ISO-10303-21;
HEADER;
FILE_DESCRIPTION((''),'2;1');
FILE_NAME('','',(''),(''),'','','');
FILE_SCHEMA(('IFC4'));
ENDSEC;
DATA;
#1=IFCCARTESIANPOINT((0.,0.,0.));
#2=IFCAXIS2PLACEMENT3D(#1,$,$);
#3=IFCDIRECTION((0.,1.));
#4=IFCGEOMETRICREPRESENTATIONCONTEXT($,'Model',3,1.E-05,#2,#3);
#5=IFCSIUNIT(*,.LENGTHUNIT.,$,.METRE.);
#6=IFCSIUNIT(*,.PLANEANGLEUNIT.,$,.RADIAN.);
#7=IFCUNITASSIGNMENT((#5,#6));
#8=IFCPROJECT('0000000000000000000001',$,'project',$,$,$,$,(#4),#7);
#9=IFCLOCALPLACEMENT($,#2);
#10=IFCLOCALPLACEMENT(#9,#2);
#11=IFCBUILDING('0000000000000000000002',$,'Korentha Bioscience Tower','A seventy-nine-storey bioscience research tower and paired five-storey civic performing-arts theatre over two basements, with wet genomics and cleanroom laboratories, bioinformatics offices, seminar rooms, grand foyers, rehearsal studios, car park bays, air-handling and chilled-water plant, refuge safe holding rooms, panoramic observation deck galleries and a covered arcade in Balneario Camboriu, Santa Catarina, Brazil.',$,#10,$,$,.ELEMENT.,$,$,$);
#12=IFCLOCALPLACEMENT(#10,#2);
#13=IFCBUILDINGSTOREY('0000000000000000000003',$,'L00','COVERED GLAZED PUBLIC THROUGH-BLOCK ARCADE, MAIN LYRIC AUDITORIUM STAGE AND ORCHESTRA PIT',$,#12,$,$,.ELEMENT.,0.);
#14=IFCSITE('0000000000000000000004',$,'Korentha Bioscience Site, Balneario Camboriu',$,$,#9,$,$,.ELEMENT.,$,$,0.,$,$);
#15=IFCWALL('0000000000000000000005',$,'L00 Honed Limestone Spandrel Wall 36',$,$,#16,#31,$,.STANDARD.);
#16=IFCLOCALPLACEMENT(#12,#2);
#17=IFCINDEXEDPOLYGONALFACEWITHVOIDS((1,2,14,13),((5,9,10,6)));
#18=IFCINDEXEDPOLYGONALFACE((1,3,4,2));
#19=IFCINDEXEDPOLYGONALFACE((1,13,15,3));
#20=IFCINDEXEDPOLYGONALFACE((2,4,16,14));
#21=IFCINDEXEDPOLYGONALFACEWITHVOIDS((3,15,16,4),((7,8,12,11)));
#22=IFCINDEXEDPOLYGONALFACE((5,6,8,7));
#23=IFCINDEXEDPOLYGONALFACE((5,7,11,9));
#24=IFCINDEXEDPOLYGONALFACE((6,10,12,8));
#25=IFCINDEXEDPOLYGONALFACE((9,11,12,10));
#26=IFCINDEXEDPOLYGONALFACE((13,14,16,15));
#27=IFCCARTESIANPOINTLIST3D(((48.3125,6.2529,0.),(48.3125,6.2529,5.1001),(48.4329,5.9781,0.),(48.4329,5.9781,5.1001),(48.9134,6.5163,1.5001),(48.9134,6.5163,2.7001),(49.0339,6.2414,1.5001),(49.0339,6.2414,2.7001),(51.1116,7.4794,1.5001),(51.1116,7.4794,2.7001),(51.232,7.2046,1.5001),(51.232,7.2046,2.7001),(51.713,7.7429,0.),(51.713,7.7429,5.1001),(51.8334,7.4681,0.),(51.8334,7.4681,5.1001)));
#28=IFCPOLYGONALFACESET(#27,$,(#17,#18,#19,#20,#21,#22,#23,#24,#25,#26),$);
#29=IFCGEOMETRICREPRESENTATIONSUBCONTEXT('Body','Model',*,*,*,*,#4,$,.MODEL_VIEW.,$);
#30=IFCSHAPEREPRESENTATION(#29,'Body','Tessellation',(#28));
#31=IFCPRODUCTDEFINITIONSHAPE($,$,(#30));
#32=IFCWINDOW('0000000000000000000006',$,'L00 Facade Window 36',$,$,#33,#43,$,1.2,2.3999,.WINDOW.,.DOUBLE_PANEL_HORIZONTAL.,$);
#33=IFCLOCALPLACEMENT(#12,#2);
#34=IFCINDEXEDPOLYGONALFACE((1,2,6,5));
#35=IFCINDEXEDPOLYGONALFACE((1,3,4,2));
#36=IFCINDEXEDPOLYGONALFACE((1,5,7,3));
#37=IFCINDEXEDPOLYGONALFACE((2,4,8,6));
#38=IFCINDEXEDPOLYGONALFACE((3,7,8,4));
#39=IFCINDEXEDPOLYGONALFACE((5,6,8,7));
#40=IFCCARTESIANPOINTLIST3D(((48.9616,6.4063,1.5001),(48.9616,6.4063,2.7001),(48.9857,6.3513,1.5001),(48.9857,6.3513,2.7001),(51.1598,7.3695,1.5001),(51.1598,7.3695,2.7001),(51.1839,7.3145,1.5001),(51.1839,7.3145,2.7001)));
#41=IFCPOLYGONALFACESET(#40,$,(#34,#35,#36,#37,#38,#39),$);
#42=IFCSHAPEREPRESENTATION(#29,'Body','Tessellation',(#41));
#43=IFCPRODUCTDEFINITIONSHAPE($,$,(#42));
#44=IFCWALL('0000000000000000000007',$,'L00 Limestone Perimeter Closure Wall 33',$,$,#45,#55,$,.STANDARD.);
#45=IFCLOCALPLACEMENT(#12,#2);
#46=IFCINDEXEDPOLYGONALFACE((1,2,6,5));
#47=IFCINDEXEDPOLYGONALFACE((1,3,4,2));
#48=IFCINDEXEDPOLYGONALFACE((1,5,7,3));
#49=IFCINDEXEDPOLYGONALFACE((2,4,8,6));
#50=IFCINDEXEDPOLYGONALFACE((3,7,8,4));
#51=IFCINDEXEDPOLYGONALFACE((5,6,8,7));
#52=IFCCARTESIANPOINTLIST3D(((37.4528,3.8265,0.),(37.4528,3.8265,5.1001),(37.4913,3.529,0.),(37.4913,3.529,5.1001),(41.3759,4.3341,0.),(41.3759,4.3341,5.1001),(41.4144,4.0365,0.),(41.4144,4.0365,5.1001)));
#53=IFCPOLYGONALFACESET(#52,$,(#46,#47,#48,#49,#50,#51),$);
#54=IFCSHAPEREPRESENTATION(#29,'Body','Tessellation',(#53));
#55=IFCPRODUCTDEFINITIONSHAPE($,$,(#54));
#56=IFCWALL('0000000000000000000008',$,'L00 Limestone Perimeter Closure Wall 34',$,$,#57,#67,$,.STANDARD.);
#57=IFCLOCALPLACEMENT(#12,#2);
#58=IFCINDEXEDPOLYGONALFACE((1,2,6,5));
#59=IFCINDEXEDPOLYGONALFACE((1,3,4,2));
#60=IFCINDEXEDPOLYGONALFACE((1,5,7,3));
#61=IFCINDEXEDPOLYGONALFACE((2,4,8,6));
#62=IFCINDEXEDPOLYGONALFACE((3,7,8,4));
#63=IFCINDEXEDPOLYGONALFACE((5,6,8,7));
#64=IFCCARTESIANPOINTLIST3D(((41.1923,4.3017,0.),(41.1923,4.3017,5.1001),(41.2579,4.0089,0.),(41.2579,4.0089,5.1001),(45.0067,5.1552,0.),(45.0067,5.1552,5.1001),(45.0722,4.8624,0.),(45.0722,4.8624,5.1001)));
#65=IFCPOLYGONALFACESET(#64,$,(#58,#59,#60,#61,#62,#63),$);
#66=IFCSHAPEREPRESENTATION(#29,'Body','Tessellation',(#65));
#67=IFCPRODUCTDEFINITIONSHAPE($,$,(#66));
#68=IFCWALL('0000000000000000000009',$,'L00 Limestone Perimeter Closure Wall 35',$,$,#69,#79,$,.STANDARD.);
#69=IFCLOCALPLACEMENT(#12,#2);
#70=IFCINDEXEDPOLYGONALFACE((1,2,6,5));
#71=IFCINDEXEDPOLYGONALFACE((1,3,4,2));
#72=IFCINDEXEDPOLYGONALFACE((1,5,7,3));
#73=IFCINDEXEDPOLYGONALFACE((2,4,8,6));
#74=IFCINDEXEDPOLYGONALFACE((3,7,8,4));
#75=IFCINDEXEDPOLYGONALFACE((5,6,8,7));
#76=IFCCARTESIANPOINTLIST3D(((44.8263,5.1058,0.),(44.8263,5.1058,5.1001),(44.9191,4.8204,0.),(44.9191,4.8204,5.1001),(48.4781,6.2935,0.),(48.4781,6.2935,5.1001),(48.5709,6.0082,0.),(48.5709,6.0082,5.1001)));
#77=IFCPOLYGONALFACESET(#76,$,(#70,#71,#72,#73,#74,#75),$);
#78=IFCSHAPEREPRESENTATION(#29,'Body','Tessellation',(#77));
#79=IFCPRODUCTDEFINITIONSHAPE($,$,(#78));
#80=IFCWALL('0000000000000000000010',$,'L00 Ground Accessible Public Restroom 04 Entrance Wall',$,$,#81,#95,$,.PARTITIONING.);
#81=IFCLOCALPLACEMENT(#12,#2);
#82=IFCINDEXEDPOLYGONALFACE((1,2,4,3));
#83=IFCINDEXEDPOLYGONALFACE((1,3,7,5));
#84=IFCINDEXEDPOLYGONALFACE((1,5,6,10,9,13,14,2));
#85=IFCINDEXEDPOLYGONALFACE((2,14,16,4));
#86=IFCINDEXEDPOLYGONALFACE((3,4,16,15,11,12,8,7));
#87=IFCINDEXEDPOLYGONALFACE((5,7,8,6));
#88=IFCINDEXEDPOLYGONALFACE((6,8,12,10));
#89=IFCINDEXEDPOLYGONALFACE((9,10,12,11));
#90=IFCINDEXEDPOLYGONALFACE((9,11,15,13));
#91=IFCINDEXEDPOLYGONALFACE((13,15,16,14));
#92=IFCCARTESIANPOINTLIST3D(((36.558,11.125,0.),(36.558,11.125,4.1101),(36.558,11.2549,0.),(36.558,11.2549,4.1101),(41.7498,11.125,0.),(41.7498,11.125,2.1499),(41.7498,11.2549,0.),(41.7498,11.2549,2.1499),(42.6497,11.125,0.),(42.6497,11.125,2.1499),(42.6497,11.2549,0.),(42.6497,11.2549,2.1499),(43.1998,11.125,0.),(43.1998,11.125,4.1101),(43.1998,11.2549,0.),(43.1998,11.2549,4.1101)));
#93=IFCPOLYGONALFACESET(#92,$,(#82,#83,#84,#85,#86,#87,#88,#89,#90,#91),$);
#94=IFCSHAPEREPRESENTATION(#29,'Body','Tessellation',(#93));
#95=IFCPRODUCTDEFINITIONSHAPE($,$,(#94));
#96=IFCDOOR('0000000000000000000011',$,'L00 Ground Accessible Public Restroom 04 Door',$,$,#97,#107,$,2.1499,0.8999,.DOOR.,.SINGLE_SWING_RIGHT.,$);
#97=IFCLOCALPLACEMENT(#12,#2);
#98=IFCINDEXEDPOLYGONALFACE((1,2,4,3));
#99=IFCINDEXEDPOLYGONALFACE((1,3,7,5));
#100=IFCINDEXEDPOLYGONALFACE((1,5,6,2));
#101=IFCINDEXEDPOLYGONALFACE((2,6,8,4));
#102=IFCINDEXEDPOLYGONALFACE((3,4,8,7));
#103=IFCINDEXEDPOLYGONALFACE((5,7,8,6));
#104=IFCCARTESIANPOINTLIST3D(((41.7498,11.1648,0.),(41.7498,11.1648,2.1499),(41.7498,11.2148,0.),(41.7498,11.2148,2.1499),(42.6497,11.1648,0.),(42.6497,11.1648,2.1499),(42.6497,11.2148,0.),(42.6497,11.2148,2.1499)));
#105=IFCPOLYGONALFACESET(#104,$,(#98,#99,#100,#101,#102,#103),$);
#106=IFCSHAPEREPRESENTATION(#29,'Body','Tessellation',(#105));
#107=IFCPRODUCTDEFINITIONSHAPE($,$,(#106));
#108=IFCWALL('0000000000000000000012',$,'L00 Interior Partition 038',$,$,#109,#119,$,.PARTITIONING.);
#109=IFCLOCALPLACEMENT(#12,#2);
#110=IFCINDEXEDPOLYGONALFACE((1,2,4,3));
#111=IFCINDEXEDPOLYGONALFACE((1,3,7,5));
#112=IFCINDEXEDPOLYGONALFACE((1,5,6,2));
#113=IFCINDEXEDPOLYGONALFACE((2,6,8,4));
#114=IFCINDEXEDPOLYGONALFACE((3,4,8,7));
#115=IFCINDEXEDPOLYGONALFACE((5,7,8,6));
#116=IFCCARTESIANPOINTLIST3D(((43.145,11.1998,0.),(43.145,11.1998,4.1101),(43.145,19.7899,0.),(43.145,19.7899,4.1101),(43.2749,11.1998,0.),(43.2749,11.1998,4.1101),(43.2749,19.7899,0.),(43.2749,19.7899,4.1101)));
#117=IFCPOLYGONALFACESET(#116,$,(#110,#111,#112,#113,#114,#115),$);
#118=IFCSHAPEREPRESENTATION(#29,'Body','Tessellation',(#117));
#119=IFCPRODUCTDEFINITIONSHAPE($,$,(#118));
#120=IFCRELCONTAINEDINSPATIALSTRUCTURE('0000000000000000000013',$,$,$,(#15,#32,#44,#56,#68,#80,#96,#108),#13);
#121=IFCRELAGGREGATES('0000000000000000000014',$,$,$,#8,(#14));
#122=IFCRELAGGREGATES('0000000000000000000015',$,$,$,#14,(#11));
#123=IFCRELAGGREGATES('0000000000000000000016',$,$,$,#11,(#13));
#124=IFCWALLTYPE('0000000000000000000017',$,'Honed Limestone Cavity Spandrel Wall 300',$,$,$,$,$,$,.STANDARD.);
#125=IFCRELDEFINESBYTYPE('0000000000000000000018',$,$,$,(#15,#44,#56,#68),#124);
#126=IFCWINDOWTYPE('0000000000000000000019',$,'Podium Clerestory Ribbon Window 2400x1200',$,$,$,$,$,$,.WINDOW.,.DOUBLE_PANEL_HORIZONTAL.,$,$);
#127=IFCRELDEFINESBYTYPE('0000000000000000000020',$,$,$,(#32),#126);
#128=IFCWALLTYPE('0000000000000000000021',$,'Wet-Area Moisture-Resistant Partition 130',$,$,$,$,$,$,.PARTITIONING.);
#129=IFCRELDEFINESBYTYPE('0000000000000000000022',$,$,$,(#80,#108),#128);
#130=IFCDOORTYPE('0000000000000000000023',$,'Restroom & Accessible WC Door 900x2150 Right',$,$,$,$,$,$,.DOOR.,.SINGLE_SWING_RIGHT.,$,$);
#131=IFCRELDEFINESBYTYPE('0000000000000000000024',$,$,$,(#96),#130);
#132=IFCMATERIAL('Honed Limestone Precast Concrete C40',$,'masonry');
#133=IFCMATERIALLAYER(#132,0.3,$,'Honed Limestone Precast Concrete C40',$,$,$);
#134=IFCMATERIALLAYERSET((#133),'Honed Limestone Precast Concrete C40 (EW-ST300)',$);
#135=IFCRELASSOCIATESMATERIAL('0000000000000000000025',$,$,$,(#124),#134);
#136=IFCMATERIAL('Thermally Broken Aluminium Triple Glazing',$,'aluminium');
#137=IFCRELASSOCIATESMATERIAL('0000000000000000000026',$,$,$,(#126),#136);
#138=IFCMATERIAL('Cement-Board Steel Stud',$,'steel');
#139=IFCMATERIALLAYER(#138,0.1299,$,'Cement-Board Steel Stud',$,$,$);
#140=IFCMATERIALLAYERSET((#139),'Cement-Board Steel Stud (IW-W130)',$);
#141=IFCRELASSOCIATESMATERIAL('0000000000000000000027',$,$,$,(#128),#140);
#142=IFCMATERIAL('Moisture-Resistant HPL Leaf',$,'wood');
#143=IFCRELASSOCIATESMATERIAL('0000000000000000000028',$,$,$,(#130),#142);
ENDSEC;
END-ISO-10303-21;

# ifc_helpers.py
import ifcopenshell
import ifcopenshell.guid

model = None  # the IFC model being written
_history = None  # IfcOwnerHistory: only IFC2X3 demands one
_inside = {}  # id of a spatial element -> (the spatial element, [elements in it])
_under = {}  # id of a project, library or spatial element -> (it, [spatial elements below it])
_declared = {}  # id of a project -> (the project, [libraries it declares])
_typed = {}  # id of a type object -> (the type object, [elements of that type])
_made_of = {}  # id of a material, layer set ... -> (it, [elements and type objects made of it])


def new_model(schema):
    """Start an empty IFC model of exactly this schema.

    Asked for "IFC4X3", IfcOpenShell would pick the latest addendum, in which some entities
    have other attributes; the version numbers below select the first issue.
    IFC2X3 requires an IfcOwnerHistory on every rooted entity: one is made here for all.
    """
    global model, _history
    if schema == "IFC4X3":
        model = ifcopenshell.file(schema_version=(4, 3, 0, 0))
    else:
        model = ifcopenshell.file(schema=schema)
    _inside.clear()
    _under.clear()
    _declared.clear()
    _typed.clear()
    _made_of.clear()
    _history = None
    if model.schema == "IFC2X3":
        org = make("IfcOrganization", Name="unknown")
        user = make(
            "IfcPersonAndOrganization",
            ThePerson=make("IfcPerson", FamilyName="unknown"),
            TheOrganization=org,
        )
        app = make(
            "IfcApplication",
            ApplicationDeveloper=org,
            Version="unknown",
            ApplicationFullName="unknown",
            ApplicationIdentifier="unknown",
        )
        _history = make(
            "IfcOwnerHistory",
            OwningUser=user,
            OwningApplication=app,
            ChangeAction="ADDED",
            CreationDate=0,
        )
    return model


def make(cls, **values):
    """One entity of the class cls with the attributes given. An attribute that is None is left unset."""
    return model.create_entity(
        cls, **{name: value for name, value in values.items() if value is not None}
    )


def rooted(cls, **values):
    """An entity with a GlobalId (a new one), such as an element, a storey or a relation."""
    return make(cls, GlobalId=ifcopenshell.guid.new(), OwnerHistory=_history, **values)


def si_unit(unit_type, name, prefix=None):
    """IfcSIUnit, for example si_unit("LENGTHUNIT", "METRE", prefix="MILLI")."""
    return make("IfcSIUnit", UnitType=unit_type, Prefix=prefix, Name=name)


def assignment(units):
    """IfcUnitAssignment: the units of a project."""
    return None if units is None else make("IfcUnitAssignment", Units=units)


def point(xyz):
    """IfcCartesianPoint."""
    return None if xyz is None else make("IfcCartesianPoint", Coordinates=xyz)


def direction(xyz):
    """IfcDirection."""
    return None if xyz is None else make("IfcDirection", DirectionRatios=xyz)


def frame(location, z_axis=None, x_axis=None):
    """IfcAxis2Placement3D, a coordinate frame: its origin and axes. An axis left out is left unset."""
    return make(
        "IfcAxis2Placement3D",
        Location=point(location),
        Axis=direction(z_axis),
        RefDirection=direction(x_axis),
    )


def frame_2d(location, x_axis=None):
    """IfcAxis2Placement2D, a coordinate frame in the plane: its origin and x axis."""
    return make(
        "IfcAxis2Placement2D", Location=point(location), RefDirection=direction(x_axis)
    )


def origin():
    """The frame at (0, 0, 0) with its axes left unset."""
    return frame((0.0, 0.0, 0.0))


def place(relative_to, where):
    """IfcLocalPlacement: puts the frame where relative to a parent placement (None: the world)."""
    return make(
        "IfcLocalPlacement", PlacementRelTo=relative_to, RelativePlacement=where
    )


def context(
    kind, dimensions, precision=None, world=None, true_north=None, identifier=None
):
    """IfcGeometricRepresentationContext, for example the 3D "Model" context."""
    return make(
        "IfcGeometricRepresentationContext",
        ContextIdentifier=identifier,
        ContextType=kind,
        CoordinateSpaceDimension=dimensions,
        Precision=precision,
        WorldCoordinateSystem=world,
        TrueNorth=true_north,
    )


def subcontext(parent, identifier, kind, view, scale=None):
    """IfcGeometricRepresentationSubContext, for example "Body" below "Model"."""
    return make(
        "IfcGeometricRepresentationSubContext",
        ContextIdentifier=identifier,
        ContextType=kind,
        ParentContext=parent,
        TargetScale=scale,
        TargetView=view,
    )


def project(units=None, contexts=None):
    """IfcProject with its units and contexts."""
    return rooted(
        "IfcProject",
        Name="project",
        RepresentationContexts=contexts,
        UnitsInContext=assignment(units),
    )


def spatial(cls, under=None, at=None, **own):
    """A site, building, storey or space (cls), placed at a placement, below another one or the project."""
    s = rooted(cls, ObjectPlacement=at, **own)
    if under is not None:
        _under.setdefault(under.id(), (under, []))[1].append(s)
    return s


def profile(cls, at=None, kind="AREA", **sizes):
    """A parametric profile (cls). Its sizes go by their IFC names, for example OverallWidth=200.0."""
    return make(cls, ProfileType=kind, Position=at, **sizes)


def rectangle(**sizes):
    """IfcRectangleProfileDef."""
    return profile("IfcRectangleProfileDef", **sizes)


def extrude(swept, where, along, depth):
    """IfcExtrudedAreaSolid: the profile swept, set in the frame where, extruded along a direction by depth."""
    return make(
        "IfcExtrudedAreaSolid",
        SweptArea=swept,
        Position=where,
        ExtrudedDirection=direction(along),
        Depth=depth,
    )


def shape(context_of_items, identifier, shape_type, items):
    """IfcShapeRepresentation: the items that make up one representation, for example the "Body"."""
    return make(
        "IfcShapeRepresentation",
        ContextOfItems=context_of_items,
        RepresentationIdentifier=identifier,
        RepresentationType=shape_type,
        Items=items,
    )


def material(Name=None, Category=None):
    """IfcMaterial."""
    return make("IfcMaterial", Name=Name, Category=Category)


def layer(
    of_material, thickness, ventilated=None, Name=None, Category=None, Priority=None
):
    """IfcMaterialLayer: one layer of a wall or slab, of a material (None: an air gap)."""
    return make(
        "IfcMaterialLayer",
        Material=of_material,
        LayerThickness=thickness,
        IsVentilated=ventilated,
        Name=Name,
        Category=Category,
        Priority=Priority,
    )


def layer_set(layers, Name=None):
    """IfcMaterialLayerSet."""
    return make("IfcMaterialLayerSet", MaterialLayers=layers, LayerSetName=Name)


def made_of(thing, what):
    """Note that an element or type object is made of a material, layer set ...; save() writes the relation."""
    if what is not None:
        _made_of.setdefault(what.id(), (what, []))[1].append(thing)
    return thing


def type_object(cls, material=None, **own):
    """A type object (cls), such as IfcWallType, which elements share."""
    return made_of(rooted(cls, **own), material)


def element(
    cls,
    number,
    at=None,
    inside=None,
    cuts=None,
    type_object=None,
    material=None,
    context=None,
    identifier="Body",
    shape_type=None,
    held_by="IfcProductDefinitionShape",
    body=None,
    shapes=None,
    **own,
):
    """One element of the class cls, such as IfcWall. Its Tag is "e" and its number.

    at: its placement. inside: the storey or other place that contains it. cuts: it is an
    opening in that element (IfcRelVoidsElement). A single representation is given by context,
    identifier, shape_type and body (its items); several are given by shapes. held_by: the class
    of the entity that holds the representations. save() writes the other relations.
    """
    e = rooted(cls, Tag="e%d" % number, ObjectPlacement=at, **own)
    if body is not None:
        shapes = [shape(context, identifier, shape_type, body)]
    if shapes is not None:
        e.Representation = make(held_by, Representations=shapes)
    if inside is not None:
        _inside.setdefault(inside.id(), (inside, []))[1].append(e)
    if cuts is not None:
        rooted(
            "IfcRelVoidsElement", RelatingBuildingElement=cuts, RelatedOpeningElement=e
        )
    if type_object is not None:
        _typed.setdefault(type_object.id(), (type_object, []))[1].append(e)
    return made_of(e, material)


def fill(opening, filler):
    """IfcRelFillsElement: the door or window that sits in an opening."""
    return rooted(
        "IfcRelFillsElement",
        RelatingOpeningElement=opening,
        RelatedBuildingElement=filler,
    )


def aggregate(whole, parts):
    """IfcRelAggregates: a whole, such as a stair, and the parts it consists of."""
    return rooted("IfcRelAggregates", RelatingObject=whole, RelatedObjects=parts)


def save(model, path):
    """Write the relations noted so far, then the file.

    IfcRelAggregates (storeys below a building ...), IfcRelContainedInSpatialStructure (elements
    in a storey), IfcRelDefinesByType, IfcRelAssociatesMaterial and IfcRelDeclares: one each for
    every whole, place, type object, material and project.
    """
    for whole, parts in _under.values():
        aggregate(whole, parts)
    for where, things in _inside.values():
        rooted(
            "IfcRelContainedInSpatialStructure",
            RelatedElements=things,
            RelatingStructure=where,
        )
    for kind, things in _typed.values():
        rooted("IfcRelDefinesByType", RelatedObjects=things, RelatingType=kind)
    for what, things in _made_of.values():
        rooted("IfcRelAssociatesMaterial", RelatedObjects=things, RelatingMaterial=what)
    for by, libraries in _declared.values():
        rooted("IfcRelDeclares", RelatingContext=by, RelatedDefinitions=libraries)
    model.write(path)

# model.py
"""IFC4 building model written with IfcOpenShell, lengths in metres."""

from ifc_helpers import new_model, si_unit, direction, frame, frame_2d, origin, place, context, subcontext, project, spatial, rectangle, extrude, material, layer, layer_set, type_object, element, fill, save


model = new_model("IFC4")

# Units and contexts
model_context = context("Model", 3, precision=1e-05, world=origin(), true_north=direction((0.0, 1.0)))
body_context = subcontext(model_context, "Body", "Model", "MODEL_VIEW")
ifc_project = project(units=[si_unit("LENGTHUNIT", "METRE"), si_unit("PLANEANGLEUNIT", "RADIAN")], contexts=[model_context])

# Site, building, storey
site_placement = place(None, origin())
site = spatial("IfcSite", under=ifc_project, at=site_placement, Name="Korentha Bioscience Site, Balneario Camboriu", CompositionType="ELEMENT", RefElevation=0.0)
building_placement = place(site_placement, origin())
building = spatial("IfcBuilding", under=site, at=building_placement, Name="Korentha Bioscience Tower", Description="A seventy-nine-storey bioscience research tower and paired five-storey civic performing-arts theatre over two basements, with wet genomics and cleanroom laboratories, bioinformatics offices, seminar rooms, grand foyers, rehearsal studios, car park bays, air-handling and chilled-water plant, refuge safe holding rooms, panoramic observation deck galleries and a covered arcade in Balneario Camboriu, Santa Catarina, Brazil.", CompositionType="ELEMENT")
storey_placement = place(building_placement, origin())
storey = spatial("IfcBuildingStorey", under=building, at=storey_placement, Name="L00", Description="COVERED GLAZED PUBLIC THROUGH-BLOCK ARCADE, MAIN LYRIC AUDITORIUM STAGE AND ORCHESTRA PIT", CompositionType="ELEMENT", Elevation=0.0)

# Shared definitions
ifc_material_1 = material(Name="Honed Limestone Precast Concrete C40", Category="masonry")
ifc_layer_1 = layer(ifc_material_1, 0.3, Name="Honed Limestone Precast Concrete C40")
ifc_layer_set_1 = layer_set([ifc_layer_1], Name="Honed Limestone Precast Concrete C40 (EW-ST300)")
wall_type_1 = type_object("IfcWallType", Name="Honed Limestone Cavity Spandrel Wall 300", PredefinedType="STANDARD", material=ifc_layer_set_1)

# Wall, opening, window
ifc_material_2 = material(Name="Thermally Broken Aluminium Triple Glazing", Category="aluminium")
window_type = type_object("IfcWindowType", Name="Podium Clerestory Ribbon Window 2400x1200", PartitioningType="DOUBLE_PANEL_HORIZONTAL", PredefinedType="WINDOW", material=ifc_material_2)
wall_1_placement = place(storey_placement, frame((48.3726, 6.1155, 0.0), z_axis=(0.0, 0.0, 1.0), x_axis=(0.915938, 0.401319, 0.0)))
wall_1 = element("IfcWall", 1, at=wall_1_placement, inside=storey, type_object=wall_type_1, Name="L00 Honed Limestone Spandrel Wall 36", PredefinedType="STANDARD", context=body_context, shape_type="SweptSolid", body=[
    extrude(rectangle(XDim=3.7126, YDim=0.3, at=frame_2d((1.8564, 0.0))), origin(), (0.0, 0.0, 1.0), 5.1001),
])
opening_1_placement = place(wall_1_placement, frame((0.6562, 0.0, 1.5)))
opening_1 = element("IfcOpeningElement", 2, at=opening_1_placement, cuts=wall_1, PredefinedType="OPENING", context=body_context, shape_type="SweptSolid", body=[
    extrude(rectangle(XDim=2.3999, YDim=1.2, at=frame_2d((1.2, 0.6001))), frame((0.0, 0.165, 0.0), z_axis=(0.0, -1.0, 0.0), x_axis=(1.0, 0.0, 0.0)), (0.0, 0.0, 1.0), 0.3298),
])
window_1_placement = place(opening_1_placement, origin())
window_1 = element("IfcWindow", 3, at=window_1_placement, inside=storey, type_object=window_type, Name="L00 Facade Window 36", OverallHeight=1.2, OverallWidth=2.3999, PartitioningType="DOUBLE_PANEL_HORIZONTAL", PredefinedType="WINDOW", context=body_context, shape_type="SweptSolid", body=[
    extrude(rectangle(XDim=2.3999, YDim=1.2, at=frame_2d((1.2, 0.6001))), frame((0.0, 0.03, 0.0), z_axis=(0.0, -1.0, 0.0), x_axis=(1.0, 0.0, 0.0)), (0.0, 0.0, 1.0), 0.0601),
])
fill(opening_1, window_1)

# Walls
wall_2_placement = place(storey_placement, frame((37.4719, 3.6777, 0.0), z_axis=(0.0, 0.0, 1.0), x_axis=(0.991734, 0.12831, 0.0)))
element("IfcWall", 4, at=wall_2_placement, inside=storey, type_object=wall_type_1, Name="L00 Limestone Perimeter Closure Wall 33", PredefinedType="STANDARD", context=body_context, shape_type="SweptSolid", body=[
    extrude(rectangle(XDim=3.9558, YDim=0.3, at=frame_2d((1.978, 0.0))), origin(), (0.0, 0.0, 1.0), 5.1001),
])
wall_3_placement = place(storey_placement, frame((41.2251, 4.1553, 0.0), z_axis=(0.0, 0.0, 1.0), x_axis=(0.975869, 0.218359, 0.0)))
element("IfcWall", 5, at=wall_3_placement, inside=storey, type_object=wall_type_1, Name="L00 Limestone Perimeter Closure Wall 34", PredefinedType="STANDARD", context=body_context, shape_type="SweptSolid", body=[
    extrude(rectangle(XDim=3.9087, YDim=0.3, at=frame_2d((1.9543, 0.0))), origin(), (0.0, 0.0, 1.0), 5.1001),
])
wall_4_placement = place(storey_placement, frame((44.8728, 4.9631, 0.0), z_axis=(0.0, 0.0, 1.0), x_axis=(0.950966, 0.309296, 0.0)))
element("IfcWall", 6, at=wall_4_placement, inside=storey, type_object=wall_type_1, Name="L00 Limestone Perimeter Closure Wall 35", PredefinedType="STANDARD", context=body_context, shape_type="SweptSolid", body=[
    extrude(rectangle(XDim=3.8401, YDim=0.3, at=frame_2d((1.9199, 0.0))), origin(), (0.0, 0.0, 1.0), 5.1001),
])

# Wall, opening, door
ifc_material_3 = material(Name="Cement-Board Steel Stud", Category="steel")
ifc_layer_2 = layer(ifc_material_3, 0.1299, Name="Cement-Board Steel Stud")
ifc_layer_set_2 = layer_set([ifc_layer_2], Name="Cement-Board Steel Stud (IW-W130)")
wall_type_2 = type_object("IfcWallType", Name="Wet-Area Moisture-Resistant Partition 130", PredefinedType="PARTITIONING", material=ifc_layer_set_2)
wall_5_placement = place(storey_placement, frame((36.5581, 11.1899, 0.0), z_axis=(0.0, 0.0, 1.0), x_axis=(1.0, 0.0, 0.0)))
wall_5 = element("IfcWall", 7, at=wall_5_placement, inside=storey, type_object=wall_type_2, Name="L00 Ground Accessible Public Restroom 04 Entrance Wall", PredefinedType="PARTITIONING", context=body_context, shape_type="SweptSolid", body=[
    extrude(rectangle(XDim=6.6418, YDim=0.1299, at=frame_2d((3.3208, 0.0))), origin(), (0.0, 0.0, 1.0), 4.1101),
])
opening_2_placement = place(wall_5_placement, frame((5.1917, 0.0, 0.0)))
opening_2 = element("IfcOpeningElement", 8, at=opening_2_placement, cuts=wall_5, PredefinedType="OPENING", context=body_context, shape_type="SweptSolid", body=[
    extrude(rectangle(XDim=0.8999, YDim=2.1499, at=frame_2d((0.45, 1.075))), frame((0.0, 0.0798, 0.0), z_axis=(0.0, -1.0, 0.0), x_axis=(1.0, 0.0, 0.0)), (0.0, 0.0, 1.0), 0.1597),
])
ifc_material_4 = material(Name="Moisture-Resistant HPL Leaf", Category="wood")
door_type_1 = type_object("IfcDoorType", Name="Restroom & Accessible WC Door 900x2150 Right", OperationType="SINGLE_SWING_RIGHT", PredefinedType="DOOR", material=ifc_material_4)
door_1_placement = place(opening_2_placement, origin())
door_1 = element("IfcDoor", 9, at=door_1_placement, inside=storey, type_object=door_type_1, Name="L00 Ground Accessible Public Restroom 04 Door", OperationType="SINGLE_SWING_RIGHT", OverallHeight=2.1499, OverallWidth=0.8999, PredefinedType="DOOR", context=body_context, shape_type="SweptSolid", body=[
    extrude(rectangle(XDim=0.8999, YDim=2.1499, at=frame_2d((0.45, 1.075))), frame((0.0, 0.0249, 0.0), z_axis=(0.0, -1.0, 0.0), x_axis=(1.0, 0.0, 0.0)), (0.0, 0.0, 1.0), 0.05),
])
fill(opening_2, door_1)

# Wall
wall_6_placement = place(storey_placement, frame((43.21, 11.2, 0.0), z_axis=(0.0, 0.0, 1.0), x_axis=(0.0, 1.0, 0.0)))
element("IfcWall", 10, at=wall_6_placement, inside=storey, type_object=wall_type_2, Name="L00 Interior Partition 038", PredefinedType="PARTITIONING", context=body_context, shape_type="SweptSolid", body=[
    extrude(rectangle(XDim=8.5901, YDim=0.1299, at=frame_2d((4.2949, 0.0))), origin(), (0.0, 0.0, 1.0), 4.1101),
])

save(model, "model.ifc")
